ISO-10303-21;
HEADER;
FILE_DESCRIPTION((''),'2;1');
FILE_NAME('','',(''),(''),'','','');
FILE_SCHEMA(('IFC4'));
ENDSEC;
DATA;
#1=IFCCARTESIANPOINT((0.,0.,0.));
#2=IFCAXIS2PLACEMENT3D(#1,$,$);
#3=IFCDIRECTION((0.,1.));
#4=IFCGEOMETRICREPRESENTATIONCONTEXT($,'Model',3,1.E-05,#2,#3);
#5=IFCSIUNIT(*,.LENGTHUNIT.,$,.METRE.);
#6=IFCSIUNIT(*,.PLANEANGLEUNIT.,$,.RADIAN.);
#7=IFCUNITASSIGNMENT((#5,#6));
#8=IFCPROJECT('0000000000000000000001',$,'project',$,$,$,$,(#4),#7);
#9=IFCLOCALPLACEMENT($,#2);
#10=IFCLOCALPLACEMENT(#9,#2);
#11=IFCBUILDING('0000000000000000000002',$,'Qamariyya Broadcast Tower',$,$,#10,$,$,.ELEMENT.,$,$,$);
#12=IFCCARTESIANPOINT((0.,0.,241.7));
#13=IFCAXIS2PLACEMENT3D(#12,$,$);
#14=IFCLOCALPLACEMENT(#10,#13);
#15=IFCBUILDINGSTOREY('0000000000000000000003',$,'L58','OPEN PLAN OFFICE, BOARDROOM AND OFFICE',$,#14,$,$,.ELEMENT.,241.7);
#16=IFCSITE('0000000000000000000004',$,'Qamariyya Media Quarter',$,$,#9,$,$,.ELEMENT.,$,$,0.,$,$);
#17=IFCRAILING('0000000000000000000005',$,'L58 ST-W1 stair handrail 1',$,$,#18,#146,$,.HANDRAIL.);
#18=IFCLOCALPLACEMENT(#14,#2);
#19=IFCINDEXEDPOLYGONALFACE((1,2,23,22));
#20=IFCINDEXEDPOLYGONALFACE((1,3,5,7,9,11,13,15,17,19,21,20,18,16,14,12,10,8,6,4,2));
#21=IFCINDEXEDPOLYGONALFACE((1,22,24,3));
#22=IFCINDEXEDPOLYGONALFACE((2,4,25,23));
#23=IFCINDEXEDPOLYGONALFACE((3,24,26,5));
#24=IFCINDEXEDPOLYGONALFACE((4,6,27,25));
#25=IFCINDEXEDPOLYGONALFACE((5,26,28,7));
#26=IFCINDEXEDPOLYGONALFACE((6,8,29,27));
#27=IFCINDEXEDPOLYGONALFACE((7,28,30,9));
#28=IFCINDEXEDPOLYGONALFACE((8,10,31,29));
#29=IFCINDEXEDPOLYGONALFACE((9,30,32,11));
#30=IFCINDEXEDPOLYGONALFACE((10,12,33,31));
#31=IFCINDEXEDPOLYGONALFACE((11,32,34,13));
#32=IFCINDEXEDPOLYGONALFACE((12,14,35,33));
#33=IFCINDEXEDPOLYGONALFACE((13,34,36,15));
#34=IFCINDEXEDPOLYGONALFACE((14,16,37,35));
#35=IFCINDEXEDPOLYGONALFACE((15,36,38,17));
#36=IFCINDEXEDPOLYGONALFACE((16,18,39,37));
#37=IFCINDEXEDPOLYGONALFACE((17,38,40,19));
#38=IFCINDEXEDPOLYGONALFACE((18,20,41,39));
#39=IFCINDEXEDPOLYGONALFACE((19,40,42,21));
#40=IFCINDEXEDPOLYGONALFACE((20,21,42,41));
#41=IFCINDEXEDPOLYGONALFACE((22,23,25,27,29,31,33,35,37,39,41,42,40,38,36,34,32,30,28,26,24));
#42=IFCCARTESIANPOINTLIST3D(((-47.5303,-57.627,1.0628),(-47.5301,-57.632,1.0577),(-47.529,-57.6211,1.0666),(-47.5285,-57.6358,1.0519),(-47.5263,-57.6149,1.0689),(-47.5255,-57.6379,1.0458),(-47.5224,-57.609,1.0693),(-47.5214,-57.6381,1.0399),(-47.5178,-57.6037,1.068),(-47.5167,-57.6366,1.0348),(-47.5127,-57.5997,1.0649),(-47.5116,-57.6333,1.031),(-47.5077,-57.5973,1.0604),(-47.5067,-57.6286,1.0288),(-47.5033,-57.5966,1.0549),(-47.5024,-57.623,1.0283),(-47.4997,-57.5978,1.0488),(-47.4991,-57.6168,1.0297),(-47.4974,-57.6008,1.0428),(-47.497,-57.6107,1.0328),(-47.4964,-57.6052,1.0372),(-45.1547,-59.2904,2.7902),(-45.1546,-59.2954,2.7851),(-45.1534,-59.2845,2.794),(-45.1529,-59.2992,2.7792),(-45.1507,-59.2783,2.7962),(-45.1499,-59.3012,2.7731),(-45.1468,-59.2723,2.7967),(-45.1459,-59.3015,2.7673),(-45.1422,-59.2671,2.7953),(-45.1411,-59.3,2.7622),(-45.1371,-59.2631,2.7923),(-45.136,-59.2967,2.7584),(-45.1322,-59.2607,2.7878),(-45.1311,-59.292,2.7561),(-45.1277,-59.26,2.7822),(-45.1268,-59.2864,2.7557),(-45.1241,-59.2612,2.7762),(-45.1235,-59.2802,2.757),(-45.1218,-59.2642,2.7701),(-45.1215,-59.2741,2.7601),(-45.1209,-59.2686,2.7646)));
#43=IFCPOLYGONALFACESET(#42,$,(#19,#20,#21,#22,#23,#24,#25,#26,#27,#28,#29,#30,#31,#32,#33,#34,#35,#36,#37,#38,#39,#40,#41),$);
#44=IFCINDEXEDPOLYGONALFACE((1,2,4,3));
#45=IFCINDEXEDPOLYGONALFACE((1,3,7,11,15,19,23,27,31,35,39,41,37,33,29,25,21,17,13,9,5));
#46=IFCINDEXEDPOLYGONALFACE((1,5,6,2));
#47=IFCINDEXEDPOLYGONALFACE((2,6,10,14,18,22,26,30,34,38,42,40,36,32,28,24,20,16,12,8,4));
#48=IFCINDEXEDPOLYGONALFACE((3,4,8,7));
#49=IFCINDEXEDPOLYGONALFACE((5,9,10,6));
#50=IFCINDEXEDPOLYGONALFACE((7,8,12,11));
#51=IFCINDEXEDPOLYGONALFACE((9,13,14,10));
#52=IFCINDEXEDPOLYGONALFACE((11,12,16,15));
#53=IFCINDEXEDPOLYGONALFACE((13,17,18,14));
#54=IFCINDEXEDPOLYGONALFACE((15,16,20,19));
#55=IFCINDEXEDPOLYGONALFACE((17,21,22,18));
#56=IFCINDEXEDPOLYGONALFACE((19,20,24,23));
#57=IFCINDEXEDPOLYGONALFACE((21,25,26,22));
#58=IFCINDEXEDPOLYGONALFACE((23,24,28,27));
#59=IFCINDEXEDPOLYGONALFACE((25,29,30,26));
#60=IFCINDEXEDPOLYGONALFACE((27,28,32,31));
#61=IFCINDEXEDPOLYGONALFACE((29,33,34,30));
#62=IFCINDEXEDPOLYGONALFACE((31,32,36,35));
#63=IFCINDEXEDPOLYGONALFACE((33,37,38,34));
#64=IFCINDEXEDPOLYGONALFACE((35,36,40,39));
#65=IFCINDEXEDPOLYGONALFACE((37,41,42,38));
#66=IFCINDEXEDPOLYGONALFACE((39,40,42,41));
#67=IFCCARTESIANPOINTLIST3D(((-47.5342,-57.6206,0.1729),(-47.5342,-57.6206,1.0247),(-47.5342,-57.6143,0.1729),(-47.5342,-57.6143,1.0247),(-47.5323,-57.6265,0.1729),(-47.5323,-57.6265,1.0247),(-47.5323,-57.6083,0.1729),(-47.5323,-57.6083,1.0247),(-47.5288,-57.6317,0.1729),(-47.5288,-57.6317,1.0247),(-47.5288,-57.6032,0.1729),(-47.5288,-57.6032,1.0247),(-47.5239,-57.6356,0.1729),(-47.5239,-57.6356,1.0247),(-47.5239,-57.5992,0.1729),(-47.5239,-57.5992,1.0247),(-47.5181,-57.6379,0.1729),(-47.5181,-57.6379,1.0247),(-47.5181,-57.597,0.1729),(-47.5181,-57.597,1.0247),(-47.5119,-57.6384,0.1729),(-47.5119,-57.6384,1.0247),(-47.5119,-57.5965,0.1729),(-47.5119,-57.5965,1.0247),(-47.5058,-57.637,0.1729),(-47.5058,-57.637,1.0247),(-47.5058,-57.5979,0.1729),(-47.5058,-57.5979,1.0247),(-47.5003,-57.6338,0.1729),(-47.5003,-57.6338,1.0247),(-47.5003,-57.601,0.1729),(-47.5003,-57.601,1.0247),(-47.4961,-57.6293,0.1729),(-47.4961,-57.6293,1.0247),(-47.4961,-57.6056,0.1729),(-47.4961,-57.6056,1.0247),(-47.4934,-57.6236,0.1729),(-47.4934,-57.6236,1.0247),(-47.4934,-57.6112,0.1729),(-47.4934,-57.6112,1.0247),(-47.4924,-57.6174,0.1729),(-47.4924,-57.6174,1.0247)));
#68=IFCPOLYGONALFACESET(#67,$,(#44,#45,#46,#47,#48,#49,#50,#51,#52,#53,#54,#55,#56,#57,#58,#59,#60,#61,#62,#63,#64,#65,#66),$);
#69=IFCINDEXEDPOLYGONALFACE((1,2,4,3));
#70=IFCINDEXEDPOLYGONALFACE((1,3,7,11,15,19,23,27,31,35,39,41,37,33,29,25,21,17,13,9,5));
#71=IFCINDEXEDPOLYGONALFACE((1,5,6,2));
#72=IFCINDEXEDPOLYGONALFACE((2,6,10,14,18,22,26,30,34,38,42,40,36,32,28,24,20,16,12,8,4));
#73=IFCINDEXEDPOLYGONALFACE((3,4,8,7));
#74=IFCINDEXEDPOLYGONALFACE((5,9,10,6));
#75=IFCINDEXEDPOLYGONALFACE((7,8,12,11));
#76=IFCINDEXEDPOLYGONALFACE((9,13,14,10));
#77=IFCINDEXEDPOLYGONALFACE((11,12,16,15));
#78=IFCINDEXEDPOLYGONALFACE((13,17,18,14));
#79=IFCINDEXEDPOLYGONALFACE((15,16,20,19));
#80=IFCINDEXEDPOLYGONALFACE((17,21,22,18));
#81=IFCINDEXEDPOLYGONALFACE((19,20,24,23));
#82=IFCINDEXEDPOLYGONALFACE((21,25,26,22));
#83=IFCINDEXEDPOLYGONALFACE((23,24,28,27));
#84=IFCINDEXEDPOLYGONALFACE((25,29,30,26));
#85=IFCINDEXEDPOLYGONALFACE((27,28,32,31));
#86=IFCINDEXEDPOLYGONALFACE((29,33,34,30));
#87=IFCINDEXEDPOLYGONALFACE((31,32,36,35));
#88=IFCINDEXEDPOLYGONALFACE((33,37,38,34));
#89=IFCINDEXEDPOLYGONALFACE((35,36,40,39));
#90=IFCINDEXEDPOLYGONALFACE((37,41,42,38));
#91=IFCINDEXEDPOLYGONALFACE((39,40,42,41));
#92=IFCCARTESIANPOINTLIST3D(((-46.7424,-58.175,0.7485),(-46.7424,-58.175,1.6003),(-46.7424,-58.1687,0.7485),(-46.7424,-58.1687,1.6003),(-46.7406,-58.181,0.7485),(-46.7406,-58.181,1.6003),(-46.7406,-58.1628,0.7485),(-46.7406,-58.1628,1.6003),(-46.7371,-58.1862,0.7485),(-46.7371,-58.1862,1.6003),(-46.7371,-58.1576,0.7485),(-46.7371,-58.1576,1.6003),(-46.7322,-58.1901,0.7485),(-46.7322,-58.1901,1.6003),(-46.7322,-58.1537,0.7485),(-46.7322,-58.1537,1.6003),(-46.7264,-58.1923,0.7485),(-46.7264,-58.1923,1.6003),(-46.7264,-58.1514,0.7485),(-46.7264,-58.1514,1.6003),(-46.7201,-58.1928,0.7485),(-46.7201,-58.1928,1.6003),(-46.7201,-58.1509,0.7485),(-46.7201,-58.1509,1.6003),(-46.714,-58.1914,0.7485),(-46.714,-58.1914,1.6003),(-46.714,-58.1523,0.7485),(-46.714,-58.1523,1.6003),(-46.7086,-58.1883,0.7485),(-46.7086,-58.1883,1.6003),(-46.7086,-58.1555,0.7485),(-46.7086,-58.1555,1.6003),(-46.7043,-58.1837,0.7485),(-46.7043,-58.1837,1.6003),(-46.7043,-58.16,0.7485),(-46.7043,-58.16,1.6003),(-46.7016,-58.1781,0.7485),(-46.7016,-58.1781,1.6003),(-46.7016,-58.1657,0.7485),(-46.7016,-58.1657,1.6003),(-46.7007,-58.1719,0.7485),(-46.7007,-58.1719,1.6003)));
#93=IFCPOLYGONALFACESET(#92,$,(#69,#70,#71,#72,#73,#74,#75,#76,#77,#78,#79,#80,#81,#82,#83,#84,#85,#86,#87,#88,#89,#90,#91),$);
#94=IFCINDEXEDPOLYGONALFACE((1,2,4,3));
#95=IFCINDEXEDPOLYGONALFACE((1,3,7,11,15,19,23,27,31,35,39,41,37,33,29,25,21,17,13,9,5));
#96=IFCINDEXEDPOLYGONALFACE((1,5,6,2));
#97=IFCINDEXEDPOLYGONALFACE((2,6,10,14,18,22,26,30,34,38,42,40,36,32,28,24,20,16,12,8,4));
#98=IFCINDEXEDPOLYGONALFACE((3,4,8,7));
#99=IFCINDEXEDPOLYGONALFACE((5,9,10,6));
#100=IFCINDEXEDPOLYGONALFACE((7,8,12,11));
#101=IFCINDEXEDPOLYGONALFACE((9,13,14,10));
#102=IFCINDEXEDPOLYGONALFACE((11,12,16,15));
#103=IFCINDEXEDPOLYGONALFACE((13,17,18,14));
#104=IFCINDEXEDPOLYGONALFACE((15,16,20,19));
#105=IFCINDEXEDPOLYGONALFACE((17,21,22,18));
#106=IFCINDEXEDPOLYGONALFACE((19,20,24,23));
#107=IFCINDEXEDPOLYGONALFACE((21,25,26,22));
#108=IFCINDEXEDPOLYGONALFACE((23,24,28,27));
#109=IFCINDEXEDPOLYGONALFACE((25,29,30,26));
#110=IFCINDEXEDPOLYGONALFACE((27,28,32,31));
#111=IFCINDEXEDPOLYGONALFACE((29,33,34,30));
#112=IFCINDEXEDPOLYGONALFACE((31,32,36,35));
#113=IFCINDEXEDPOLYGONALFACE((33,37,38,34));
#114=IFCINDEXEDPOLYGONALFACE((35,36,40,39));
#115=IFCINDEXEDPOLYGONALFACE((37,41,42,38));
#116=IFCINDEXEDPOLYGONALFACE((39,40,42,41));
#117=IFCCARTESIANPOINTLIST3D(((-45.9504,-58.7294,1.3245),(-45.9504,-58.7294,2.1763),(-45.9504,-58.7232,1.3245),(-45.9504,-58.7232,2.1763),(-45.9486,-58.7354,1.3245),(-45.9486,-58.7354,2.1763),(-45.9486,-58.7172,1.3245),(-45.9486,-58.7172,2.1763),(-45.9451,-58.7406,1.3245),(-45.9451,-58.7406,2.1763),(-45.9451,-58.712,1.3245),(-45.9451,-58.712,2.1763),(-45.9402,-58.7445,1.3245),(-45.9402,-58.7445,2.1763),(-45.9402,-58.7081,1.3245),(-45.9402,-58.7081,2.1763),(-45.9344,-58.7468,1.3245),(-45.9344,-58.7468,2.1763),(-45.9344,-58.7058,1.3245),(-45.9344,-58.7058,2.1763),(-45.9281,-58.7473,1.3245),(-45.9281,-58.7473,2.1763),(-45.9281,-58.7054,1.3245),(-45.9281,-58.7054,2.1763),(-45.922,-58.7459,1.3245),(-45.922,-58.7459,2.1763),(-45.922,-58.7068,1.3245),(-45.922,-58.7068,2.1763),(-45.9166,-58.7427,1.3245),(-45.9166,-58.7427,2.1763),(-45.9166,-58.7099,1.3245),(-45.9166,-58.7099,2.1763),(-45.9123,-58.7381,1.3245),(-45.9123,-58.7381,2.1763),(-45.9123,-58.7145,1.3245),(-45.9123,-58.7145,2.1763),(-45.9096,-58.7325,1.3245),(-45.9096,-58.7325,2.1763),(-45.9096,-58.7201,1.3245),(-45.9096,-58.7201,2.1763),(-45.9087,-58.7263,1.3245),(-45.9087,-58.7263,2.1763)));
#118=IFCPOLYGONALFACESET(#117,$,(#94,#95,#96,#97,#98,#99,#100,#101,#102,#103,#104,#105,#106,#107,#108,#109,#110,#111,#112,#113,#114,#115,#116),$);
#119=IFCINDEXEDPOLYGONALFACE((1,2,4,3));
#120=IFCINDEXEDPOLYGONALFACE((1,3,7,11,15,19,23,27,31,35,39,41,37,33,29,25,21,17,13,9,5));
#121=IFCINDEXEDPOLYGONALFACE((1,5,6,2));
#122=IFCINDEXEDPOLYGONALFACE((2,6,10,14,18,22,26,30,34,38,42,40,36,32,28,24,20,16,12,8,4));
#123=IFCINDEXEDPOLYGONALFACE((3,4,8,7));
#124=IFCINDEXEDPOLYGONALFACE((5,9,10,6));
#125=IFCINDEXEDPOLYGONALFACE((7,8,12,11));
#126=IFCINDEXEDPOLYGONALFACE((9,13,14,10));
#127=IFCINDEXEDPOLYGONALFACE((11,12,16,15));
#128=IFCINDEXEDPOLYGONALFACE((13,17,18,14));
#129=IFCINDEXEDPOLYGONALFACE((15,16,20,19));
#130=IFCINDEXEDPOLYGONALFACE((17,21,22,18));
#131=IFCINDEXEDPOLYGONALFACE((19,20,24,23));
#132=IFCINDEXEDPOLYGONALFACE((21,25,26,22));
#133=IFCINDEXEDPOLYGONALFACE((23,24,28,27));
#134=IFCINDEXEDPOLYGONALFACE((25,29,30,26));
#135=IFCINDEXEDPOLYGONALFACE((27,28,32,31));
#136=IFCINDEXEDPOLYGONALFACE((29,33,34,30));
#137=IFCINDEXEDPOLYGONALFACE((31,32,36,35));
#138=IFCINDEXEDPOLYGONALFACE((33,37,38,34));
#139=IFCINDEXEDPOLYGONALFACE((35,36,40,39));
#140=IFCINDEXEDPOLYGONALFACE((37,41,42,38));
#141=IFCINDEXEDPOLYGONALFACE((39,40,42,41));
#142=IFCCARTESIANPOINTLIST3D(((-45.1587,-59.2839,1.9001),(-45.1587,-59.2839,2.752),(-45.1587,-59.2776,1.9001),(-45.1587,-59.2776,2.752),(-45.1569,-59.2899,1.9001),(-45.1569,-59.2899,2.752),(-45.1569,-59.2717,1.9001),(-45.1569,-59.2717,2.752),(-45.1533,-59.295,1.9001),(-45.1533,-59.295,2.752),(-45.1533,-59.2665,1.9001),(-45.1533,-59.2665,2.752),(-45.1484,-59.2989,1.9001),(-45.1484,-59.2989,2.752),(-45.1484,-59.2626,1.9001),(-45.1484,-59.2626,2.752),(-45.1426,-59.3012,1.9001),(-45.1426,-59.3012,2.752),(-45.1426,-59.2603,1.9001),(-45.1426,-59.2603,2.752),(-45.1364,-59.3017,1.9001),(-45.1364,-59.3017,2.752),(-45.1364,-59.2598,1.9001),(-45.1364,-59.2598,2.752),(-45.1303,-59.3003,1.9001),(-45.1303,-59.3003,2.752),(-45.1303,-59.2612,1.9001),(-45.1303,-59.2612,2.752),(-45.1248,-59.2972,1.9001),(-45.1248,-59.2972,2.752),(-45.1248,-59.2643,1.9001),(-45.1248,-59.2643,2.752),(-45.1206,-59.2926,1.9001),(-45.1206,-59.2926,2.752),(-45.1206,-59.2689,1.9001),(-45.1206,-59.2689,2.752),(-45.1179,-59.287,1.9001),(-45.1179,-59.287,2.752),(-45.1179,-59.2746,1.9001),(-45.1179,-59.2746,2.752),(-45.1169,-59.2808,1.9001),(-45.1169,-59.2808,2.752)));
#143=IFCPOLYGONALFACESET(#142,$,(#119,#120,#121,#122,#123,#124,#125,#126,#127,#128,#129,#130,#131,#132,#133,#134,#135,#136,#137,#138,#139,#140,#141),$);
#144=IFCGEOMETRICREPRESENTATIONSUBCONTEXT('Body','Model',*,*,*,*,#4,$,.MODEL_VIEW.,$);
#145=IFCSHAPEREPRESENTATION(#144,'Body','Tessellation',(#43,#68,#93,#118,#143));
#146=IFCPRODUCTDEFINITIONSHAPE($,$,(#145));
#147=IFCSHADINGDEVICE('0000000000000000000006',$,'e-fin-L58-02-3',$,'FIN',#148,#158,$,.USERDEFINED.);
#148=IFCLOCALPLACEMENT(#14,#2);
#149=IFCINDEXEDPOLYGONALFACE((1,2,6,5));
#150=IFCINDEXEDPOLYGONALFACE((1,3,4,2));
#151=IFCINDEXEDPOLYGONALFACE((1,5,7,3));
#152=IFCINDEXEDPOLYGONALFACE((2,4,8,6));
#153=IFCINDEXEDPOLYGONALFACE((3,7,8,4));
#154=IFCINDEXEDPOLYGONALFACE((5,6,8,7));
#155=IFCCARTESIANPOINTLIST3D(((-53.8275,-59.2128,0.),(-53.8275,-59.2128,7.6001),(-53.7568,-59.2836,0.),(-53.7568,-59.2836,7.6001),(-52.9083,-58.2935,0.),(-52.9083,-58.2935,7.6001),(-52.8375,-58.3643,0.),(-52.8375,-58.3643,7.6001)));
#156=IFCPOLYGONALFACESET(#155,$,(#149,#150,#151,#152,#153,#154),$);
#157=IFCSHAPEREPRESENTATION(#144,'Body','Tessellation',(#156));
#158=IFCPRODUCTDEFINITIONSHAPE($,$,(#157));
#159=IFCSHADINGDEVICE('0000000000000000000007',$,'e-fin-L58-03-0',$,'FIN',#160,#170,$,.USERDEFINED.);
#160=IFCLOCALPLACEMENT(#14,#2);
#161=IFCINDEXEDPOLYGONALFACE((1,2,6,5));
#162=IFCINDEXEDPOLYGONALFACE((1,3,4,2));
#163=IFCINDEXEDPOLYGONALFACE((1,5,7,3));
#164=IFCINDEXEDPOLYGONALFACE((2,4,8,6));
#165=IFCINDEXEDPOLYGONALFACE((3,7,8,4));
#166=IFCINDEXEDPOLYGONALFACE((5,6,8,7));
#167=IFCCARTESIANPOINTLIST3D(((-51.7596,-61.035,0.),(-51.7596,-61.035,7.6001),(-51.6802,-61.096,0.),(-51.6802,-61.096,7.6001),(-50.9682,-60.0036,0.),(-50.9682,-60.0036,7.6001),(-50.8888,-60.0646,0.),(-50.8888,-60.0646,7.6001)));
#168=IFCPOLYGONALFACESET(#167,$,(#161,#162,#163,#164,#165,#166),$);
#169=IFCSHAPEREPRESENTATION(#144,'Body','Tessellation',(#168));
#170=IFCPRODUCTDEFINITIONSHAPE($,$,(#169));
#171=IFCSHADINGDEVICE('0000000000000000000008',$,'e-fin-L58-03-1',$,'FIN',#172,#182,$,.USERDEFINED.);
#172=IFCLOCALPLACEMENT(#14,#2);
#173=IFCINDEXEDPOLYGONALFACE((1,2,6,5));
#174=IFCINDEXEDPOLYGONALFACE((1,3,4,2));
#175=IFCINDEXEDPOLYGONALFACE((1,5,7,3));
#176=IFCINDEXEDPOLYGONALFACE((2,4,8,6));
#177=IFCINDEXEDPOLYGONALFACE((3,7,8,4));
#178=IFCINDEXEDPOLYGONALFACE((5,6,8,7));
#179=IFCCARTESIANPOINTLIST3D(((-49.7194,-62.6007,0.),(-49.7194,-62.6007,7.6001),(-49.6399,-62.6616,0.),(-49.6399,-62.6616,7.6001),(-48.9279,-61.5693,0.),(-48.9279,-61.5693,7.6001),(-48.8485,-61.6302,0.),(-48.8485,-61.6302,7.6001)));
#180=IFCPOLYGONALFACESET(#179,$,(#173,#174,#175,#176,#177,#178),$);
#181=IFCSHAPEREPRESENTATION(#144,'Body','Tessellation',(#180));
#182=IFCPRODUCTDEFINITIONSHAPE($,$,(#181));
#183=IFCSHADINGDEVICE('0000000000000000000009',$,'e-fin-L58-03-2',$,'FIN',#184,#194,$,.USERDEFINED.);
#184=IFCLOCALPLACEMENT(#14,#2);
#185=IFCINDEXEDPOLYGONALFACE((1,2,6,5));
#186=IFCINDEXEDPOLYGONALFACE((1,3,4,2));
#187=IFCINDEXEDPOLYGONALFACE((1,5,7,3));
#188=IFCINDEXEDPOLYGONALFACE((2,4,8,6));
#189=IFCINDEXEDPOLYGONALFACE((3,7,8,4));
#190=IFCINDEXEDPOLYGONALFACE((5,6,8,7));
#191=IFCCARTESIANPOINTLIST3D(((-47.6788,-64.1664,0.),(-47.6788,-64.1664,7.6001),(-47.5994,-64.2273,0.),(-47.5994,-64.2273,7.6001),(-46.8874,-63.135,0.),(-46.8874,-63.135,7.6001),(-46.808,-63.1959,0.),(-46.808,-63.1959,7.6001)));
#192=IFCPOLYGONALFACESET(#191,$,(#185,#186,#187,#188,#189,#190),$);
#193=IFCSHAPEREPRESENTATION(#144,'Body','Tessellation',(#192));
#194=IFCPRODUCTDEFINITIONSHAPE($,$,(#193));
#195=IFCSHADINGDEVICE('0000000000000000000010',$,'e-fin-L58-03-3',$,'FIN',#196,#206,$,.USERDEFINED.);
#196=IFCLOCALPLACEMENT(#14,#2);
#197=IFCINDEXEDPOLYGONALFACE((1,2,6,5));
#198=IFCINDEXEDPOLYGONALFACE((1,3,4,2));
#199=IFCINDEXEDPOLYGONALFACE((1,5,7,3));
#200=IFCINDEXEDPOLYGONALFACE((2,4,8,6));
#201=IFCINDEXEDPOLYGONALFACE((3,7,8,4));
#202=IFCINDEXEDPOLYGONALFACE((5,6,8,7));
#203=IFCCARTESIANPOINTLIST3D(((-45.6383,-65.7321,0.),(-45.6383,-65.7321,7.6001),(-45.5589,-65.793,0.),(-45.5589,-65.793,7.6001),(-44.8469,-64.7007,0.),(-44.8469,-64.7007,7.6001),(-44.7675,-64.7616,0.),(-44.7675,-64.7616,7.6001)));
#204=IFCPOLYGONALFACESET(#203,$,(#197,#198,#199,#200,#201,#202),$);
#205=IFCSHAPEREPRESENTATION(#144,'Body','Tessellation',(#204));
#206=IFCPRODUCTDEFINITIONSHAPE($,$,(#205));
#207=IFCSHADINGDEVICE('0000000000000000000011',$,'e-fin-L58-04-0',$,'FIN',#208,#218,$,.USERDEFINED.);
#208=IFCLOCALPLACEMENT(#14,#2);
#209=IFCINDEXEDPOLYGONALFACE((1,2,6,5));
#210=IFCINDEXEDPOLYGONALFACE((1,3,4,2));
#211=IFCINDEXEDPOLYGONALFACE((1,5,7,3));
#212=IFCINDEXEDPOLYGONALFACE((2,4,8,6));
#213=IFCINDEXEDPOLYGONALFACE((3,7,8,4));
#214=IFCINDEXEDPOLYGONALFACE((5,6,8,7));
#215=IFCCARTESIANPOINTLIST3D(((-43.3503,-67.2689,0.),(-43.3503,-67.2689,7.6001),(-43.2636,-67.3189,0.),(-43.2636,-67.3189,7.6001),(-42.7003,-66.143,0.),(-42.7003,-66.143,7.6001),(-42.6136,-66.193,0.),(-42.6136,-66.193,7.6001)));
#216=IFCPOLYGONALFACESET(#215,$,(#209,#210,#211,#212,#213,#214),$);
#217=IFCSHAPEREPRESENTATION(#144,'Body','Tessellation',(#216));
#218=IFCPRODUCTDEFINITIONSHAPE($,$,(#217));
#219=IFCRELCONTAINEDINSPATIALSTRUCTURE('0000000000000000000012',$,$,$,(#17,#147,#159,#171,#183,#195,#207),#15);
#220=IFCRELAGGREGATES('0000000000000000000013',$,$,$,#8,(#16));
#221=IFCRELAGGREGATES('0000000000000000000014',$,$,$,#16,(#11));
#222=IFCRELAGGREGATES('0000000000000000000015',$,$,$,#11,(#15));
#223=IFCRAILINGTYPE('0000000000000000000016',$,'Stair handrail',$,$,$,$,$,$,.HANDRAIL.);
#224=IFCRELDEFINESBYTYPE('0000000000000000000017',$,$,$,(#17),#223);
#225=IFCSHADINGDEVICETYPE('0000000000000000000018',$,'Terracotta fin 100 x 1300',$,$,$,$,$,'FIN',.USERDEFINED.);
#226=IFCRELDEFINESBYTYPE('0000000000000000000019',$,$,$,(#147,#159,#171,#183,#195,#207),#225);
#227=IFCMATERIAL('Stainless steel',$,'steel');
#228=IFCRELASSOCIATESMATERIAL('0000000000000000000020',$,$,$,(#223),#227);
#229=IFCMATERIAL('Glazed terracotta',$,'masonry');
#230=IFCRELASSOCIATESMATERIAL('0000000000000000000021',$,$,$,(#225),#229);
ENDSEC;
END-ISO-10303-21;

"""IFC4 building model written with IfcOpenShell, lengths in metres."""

from ifc_helpers import new_model, si_unit, direction, frame, origin, origin_2d, place, context, subcontext, project, spatial, rectangle, circle, extrude, material, material_profile, profile_set, type_object, element, save


model = new_model("IFC4")

# Units and contexts
model_context = context("Model", 3, precision=1e-05, world=origin(), true_north=direction((0.0, 1.0)))
body_context = subcontext(model_context, "Body", "Model", "MODEL_VIEW")
ifc_project = project(units=[si_unit("LENGTHUNIT", "METRE"), si_unit("PLANEANGLEUNIT", "RADIAN")], contexts=[model_context])

# Site, building, storey
site_placement = place(None, origin())
site = spatial("IfcSite", under=ifc_project, at=site_placement, Name="Qamariyya Media Quarter", CompositionType="ELEMENT", RefElevation=0.0)
building_placement = place(site_placement, origin())
building = spatial("IfcBuilding", under=site, at=building_placement, Name="Qamariyya Broadcast Tower", CompositionType="ELEMENT")
storey_placement = place(building_placement, frame((0.0, 0.0, 241.7)))
storey = spatial("IfcBuildingStorey", under=building, at=storey_placement, Name="L58", Description="OPEN PLAN OFFICE, BOARDROOM AND OFFICE", CompositionType="ELEMENT", Elevation=241.7)

# Railing
ifc_material_1 = material(Name="Stainless steel", Category="steel")
railing_type_1 = type_object("IfcRailingType", Name="Stair handrail", PredefinedType="HANDRAIL", material=ifc_material_1)
railing_1_placement = place(storey_placement, frame((-47.5134, -57.6174, 0.1729)))
element("IfcRailing", 1, at=railing_1_placement, inside=storey, type_object=railing_type_1, Name="L58 ST-W1 stair handrail 1", PredefinedType="HANDRAIL", context=body_context, shape_type="SweptSolid", body=[
    extrude(circle(Radius=0.0239, at=origin_2d()), frame((0.0, 0.0, 0.876), z_axis=(0.70377, -0.492784, 0.511734), x_axis=(0.573575, 0.819153, 0.0)), (0.0, 0.0, 1.0), 3.3755),
    extrude(circle(Radius=0.021, at=origin_2d()), origin(), (0.0, 0.0, 1.0), 0.8518),
    extrude(circle(Radius=0.021, at=origin_2d()), frame((0.7917, -0.5544, 0.5757)), (0.0, 0.0, 1.0), 0.8518),
    extrude(circle(Radius=0.021, at=origin_2d()), frame((1.5837, -1.1089, 1.1516)), (0.0, 0.0, 1.0), 0.8518),
    extrude(circle(Radius=0.021, at=origin_2d()), frame((2.3755, -1.6633, 1.7273)), (0.0, 0.0, 1.0), 0.8518),
])

# Shading devices
ifc_material_2 = material(Name="Glazed terracotta", Category="masonry")
ifc_material_profile_1 = material_profile(ifc_material_2, rectangle(XDim=1.3, YDim=0.1001, at=origin_2d()))
ifc_profile_set_1 = profile_set([ifc_material_profile_1], Name="Glazed terracotta")
shading_device_type_1 = type_object("IfcShadingDeviceType", Name="Terracotta fin 100 x 1300", ElementType="FIN", PredefinedType="USERDEFINED", material=ifc_profile_set_1)
for number, where, z_axis, x_axis, name in (
    (2, (-53.3325, -58.7886, 0.0), (0.0, 0.0, 1.0), (-0.707107, -0.707107, 0.0), "e-fin-L58-02-3"),
    (3, (-51.3242, -60.5498, 0.0), (0.0, 0.0, 1.0), (-0.608761, -0.793353, 0.0), "e-fin-L58-03-0"),
    (4, (-49.2839, -62.1155, 0.0), (0.0, 0.0, 1.0), (-0.608761, -0.793353, 0.0), "e-fin-L58-03-1"),
    (5, (-47.2434, -63.6812, 0.0), (0.0, 0.0, 1.0), (-0.608761, -0.793353, 0.0), "e-fin-L58-03-2"),
    (6, (-45.2029, -65.2468, 0.0), (0.0, 0.0, 1.0), (-0.608761, -0.793353, 0.0), "e-fin-L58-03-3"),
    (7, (-42.9819, -66.731, 0.0), (0.0, 0.0, 1.0), (-0.5, -0.866025, 0.0), "e-fin-L58-04-0"),
):
    element("IfcShadingDevice", number, at=place(storey_placement, frame(where, z_axis=z_axis, x_axis=x_axis)), inside=storey, type_object=shading_device_type_1, Name=name, ObjectType="FIN", PredefinedType="USERDEFINED", context=body_context, shape_type="SweptSolid", body=[
        extrude(rectangle(XDim=1.3, YDim=0.1001, at=origin_2d()), origin(), (0.0, 0.0, 1.0), 7.6001),
    ])

save(model, "model.ifc")
